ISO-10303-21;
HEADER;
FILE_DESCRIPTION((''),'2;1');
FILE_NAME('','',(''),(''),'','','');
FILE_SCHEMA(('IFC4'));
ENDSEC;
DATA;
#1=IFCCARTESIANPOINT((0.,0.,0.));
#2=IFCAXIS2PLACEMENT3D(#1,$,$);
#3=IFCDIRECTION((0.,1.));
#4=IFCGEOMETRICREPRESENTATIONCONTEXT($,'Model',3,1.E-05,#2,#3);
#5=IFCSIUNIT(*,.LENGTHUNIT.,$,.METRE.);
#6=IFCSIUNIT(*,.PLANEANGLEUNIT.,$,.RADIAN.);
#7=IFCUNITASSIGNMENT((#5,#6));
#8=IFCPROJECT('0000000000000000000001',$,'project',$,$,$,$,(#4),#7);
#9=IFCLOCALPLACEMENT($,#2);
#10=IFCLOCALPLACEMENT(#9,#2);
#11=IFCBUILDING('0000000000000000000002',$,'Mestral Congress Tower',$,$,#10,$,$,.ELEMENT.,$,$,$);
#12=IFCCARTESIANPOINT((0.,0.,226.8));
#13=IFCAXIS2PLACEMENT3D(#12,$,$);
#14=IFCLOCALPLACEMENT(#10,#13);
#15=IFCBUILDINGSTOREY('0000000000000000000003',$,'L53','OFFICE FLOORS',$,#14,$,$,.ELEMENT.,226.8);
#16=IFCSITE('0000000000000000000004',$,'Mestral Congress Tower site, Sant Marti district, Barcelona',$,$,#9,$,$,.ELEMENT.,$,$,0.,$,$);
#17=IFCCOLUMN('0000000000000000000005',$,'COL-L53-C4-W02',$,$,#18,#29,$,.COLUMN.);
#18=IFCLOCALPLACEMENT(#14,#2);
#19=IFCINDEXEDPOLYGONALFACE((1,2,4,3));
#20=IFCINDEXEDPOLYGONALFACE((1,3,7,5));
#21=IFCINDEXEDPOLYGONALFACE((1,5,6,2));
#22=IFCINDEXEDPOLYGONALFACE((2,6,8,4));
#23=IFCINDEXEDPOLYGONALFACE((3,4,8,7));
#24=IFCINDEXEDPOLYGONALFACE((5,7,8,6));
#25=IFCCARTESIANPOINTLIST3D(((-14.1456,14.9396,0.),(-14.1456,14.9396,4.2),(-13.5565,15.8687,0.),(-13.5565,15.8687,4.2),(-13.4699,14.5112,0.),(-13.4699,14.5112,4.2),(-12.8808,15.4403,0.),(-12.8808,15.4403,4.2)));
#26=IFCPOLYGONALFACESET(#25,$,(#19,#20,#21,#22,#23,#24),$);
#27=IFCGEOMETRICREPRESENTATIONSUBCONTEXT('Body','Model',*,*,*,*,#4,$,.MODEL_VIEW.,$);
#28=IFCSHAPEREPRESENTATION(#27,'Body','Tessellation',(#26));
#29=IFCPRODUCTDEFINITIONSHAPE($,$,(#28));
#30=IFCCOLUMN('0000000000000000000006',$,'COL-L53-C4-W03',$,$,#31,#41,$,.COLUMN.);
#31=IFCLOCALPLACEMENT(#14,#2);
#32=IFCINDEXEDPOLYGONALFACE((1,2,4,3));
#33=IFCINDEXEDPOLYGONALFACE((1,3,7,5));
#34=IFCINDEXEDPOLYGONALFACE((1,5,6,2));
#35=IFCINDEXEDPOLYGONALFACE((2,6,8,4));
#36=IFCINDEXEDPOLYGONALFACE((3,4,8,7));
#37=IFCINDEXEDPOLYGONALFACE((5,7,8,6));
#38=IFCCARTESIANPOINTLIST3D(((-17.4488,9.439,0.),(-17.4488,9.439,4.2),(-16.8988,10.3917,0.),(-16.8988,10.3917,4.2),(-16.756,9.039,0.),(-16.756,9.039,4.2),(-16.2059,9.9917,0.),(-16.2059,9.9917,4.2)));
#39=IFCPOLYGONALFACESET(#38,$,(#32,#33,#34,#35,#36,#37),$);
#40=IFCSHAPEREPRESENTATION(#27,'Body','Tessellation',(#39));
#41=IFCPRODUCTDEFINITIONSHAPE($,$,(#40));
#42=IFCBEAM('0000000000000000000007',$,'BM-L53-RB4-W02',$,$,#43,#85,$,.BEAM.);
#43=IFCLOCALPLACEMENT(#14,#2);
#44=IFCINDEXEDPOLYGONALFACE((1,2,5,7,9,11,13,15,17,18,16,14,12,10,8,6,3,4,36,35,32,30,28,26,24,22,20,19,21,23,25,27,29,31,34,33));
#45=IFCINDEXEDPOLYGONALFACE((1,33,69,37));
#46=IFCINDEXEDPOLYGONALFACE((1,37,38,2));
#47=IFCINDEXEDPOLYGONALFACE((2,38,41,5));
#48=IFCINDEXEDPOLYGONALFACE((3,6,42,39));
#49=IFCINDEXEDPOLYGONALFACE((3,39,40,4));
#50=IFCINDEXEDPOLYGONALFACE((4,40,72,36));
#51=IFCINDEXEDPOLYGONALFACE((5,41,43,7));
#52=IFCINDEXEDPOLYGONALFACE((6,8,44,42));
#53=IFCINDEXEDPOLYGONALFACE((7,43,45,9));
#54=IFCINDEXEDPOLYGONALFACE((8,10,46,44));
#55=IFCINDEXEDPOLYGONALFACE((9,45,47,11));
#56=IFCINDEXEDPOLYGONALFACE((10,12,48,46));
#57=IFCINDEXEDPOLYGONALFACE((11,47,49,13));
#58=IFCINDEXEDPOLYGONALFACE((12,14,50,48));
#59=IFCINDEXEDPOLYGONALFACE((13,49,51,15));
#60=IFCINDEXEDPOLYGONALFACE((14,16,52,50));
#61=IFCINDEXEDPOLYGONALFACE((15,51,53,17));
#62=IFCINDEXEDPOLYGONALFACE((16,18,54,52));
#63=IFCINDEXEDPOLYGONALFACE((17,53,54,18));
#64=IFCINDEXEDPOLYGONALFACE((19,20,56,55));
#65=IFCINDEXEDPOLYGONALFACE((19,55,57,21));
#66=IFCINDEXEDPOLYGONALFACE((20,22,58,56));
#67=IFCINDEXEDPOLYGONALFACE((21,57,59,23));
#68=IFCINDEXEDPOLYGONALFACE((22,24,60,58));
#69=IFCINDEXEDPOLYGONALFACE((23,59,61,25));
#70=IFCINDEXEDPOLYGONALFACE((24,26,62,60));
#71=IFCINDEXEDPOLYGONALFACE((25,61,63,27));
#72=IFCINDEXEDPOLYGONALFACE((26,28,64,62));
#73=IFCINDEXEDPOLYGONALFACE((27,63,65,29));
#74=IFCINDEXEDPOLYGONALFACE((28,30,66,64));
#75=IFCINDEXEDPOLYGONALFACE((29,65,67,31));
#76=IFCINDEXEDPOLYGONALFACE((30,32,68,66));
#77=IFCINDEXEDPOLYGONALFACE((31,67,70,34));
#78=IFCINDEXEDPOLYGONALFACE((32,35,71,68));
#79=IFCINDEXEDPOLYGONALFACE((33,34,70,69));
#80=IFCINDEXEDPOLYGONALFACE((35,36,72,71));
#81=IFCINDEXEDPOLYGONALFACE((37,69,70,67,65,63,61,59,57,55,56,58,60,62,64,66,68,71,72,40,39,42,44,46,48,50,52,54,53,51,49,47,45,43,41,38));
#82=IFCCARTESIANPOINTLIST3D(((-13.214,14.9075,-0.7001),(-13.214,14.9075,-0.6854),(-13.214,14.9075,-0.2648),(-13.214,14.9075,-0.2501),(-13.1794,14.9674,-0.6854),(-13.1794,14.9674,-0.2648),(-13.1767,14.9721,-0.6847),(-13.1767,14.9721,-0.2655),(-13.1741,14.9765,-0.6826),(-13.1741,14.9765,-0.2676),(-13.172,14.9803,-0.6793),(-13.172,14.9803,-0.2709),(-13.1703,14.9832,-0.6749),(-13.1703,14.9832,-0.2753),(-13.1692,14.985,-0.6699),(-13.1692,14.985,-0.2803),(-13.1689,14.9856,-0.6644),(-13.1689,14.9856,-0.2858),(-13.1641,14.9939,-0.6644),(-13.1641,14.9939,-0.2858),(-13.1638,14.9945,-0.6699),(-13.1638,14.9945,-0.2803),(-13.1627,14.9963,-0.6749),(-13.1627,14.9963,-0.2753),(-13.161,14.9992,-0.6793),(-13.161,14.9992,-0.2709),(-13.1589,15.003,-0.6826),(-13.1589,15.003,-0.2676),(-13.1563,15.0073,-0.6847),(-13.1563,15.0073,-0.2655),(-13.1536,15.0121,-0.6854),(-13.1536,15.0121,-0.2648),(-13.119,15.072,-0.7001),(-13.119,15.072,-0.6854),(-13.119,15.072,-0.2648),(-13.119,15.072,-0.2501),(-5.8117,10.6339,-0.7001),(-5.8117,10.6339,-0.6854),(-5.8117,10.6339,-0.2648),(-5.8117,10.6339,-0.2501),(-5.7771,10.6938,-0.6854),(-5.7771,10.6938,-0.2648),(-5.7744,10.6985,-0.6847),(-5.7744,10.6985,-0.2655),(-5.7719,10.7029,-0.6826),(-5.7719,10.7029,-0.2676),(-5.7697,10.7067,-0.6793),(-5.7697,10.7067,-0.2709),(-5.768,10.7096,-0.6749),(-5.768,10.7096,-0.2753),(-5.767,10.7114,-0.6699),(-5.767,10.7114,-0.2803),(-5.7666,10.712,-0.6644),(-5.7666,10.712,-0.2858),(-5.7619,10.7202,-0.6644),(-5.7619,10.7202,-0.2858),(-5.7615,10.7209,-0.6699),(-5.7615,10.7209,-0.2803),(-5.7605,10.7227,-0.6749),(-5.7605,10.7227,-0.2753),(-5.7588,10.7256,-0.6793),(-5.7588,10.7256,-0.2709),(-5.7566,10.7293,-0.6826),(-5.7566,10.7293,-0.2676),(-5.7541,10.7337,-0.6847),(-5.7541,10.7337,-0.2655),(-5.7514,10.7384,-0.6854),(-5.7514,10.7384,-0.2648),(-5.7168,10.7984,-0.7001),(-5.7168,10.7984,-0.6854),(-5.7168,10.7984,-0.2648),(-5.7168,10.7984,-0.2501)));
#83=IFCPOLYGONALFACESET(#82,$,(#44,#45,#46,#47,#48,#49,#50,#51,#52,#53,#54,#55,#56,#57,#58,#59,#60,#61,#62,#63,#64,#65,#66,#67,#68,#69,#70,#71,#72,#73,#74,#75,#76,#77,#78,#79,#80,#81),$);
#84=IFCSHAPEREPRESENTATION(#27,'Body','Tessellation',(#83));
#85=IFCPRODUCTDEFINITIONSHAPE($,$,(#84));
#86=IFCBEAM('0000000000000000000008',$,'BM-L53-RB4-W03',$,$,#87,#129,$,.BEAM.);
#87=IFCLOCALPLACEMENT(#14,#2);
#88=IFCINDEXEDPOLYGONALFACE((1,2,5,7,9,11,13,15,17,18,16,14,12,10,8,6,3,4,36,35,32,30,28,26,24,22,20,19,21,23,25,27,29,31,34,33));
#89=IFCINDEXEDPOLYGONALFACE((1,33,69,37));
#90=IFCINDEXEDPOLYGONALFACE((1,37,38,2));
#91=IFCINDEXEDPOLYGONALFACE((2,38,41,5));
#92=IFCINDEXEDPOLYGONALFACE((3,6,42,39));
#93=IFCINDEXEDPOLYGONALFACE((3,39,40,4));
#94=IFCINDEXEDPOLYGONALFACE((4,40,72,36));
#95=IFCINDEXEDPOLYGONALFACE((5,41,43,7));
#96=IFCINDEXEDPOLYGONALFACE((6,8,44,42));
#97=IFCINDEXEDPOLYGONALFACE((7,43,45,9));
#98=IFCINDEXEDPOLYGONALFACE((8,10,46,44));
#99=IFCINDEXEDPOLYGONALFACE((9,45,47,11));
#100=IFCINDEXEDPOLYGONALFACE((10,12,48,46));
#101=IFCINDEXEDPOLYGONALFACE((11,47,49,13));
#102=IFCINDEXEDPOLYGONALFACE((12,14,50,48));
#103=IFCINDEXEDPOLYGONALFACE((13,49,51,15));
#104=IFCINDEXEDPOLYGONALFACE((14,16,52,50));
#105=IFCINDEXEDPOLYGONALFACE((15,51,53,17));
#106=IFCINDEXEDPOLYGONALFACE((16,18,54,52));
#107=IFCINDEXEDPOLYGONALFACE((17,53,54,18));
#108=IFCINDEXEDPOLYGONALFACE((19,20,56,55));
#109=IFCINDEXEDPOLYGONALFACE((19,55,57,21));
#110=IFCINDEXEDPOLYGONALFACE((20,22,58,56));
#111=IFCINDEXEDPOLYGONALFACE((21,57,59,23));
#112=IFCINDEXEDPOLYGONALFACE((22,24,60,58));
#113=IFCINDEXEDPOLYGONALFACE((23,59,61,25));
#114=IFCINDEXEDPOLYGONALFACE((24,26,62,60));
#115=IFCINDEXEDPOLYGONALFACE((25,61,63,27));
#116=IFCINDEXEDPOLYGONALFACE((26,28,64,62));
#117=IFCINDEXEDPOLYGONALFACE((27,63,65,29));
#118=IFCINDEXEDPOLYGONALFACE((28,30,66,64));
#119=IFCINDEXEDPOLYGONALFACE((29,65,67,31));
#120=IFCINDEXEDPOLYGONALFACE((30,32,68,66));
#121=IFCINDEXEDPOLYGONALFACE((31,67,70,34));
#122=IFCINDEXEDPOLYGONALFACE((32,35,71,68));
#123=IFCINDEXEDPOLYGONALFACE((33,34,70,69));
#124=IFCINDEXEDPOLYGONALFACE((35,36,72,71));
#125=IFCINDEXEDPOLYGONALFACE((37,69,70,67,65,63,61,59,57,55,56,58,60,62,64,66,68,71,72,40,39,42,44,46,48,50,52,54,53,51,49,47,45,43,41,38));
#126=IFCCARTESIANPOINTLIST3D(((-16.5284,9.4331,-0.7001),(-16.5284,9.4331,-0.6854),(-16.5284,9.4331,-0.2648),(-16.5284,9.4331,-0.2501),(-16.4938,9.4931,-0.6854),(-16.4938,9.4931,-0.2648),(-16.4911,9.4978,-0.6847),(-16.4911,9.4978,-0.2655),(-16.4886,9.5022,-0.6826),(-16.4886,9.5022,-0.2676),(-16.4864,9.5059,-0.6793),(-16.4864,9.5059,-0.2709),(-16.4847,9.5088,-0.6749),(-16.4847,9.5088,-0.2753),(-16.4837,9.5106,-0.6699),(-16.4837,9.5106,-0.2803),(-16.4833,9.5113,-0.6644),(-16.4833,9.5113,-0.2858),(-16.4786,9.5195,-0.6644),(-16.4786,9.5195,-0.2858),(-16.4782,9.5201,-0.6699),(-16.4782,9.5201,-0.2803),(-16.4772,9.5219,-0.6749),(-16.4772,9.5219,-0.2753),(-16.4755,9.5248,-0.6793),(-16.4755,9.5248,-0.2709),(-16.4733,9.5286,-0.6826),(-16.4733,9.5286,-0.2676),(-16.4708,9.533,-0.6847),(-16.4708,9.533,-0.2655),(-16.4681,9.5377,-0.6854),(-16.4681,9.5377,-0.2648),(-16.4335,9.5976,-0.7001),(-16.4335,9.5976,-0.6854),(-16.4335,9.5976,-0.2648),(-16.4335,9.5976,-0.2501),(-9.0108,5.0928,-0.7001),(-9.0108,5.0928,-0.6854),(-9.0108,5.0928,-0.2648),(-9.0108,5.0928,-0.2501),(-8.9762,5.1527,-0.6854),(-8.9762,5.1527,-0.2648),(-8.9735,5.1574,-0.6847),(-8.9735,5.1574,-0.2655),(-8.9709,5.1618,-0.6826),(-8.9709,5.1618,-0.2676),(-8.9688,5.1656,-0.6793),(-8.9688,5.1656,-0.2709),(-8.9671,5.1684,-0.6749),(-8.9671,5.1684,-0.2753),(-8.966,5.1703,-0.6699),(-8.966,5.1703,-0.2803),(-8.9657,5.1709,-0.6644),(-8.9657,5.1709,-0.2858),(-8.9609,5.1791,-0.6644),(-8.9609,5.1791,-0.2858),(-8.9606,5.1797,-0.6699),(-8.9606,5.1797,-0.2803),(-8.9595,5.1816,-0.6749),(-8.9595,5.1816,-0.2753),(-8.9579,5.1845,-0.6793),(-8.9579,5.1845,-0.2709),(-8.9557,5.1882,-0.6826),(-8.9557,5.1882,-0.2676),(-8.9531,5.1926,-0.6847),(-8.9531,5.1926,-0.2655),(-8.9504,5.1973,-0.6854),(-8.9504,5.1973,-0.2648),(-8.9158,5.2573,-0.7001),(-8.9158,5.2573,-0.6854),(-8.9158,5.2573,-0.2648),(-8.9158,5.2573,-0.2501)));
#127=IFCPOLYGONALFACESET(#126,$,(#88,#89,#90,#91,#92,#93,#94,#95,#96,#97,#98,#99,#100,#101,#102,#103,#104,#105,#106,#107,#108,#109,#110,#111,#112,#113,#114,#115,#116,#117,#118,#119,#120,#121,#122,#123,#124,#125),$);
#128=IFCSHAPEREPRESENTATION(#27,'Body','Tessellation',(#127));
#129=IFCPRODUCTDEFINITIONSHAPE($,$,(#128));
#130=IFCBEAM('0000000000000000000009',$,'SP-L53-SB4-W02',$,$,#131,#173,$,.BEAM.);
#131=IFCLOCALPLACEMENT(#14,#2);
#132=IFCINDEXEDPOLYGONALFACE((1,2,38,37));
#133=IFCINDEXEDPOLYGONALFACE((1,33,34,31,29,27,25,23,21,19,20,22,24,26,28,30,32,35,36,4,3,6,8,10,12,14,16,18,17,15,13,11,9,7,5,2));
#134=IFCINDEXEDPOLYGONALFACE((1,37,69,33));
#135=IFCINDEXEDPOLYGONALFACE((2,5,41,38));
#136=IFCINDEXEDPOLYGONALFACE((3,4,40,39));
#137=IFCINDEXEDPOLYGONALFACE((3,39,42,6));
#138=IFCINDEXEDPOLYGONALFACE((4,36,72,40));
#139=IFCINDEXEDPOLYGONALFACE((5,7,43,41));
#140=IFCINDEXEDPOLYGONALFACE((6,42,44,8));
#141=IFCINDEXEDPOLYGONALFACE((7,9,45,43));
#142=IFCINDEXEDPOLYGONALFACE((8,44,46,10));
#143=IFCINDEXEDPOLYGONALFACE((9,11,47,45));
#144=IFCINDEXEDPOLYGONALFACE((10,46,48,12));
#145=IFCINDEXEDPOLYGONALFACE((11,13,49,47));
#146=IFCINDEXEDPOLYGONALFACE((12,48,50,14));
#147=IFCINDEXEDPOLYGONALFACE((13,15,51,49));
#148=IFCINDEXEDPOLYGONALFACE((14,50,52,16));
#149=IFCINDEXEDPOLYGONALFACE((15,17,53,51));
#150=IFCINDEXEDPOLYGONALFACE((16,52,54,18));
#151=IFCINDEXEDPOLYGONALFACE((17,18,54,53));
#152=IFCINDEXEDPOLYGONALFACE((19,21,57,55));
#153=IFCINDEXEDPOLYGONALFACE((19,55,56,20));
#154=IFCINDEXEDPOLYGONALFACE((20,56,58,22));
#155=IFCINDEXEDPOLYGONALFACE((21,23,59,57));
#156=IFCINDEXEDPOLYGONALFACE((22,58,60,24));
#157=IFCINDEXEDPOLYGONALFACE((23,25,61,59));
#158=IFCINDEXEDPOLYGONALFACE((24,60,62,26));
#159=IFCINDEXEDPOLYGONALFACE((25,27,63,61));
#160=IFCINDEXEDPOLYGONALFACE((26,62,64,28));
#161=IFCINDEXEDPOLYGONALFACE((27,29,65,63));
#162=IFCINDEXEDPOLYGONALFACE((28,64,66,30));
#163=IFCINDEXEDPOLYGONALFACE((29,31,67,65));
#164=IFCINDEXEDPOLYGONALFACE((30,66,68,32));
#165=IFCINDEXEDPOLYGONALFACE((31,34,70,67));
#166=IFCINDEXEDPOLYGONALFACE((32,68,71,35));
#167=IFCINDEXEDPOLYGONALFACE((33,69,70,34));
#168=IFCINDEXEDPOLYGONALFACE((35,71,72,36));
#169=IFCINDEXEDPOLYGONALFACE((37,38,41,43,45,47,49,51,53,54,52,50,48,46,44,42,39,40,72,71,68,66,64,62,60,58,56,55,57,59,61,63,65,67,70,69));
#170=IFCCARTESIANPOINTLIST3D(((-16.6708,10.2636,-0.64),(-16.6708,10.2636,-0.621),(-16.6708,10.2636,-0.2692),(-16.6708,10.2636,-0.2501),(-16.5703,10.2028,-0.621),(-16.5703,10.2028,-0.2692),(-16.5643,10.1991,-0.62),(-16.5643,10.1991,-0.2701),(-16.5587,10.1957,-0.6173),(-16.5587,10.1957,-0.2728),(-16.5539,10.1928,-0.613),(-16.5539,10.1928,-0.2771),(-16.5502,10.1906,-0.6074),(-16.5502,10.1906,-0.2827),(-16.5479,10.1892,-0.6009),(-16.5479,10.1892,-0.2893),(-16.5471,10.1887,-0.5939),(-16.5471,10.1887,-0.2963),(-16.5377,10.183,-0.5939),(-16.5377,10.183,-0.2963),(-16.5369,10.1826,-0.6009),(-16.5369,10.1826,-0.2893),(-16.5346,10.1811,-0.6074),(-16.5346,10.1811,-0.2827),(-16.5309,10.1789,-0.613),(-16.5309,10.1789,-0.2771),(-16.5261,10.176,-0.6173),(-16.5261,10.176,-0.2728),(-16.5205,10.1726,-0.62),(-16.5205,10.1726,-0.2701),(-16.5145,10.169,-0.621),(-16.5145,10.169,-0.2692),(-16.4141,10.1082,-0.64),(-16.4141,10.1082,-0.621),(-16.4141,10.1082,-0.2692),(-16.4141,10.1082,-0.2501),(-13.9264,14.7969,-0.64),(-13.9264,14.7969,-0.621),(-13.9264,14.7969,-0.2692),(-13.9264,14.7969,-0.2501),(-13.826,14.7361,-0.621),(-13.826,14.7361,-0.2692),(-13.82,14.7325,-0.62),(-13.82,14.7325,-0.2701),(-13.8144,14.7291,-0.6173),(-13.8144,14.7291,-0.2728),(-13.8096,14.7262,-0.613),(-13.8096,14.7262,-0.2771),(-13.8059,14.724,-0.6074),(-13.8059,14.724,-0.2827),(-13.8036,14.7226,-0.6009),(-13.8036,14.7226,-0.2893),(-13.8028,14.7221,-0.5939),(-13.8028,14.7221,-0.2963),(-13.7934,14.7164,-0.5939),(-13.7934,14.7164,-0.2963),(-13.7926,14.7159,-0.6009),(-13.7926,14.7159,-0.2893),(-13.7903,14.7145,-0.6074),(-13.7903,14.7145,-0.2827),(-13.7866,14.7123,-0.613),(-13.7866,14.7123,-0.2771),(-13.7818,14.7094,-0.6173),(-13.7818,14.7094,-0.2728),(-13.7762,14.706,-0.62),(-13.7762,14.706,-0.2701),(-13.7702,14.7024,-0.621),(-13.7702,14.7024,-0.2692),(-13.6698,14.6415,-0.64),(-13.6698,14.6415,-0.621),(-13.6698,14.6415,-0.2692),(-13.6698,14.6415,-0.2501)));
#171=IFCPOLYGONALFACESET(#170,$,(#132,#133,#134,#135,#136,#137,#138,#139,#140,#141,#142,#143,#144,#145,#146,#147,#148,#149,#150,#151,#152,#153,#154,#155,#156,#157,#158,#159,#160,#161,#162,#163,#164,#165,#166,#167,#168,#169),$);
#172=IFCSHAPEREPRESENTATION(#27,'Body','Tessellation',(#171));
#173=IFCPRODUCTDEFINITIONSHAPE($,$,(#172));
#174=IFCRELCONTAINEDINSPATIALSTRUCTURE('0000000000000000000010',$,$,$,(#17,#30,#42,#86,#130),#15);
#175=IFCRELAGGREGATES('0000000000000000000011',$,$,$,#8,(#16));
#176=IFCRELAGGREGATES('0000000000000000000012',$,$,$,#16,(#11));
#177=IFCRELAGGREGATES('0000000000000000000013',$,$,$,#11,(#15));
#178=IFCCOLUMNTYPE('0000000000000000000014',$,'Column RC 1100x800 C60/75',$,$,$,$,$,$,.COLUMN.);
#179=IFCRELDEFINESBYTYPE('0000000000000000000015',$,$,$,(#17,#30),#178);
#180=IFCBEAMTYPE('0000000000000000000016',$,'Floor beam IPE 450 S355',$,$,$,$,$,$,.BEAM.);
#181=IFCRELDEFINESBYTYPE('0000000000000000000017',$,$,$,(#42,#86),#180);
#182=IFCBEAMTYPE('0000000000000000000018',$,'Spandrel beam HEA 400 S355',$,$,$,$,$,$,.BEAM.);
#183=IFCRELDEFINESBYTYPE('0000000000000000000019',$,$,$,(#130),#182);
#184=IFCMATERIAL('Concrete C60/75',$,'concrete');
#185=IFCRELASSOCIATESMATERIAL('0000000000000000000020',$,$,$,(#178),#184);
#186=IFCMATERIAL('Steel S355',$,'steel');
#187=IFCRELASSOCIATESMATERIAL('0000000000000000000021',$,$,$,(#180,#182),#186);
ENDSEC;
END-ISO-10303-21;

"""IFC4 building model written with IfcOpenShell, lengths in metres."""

from ifc_helpers import new_model, si_unit, direction, frame, origin, origin_2d, place, context, subcontext, project, spatial, rectangle, i_section, extrude, material, material_profile, profile_set, type_object, element, save


model = new_model("IFC4")

# Units and contexts
model_context = context("Model", 3, precision=1e-05, world=origin(), true_north=direction((0.0, 1.0)))
body_context = subcontext(model_context, "Body", "Model", "MODEL_VIEW")
ifc_project = project(units=[si_unit("LENGTHUNIT", "METRE"), si_unit("PLANEANGLEUNIT", "RADIAN")], contexts=[model_context])

# Site, building, storey
site_placement = place(None, origin())
site = spatial("IfcSite", under=ifc_project, at=site_placement, Name="Mestral Congress Tower site, Sant Marti district, Barcelona", CompositionType="ELEMENT", RefElevation=0.0)
building_placement = place(site_placement, origin())
building = spatial("IfcBuilding", under=site, at=building_placement, Name="Mestral Congress Tower", CompositionType="ELEMENT")
storey_placement = place(building_placement, frame((0.0, 0.0, 226.8)))
storey = spatial("IfcBuildingStorey", under=building, at=storey_placement, Name="L53", Description="OFFICE FLOORS", CompositionType="ELEMENT", Elevation=226.8)

# Columns
ifc_material_1 = material(Name="Concrete C60/75", Category="concrete")
ifc_material_profile_1 = material_profile(ifc_material_1, rectangle(XDim=1.1001, YDim=0.8, at=origin_2d()), Name="RC 1100x800")
ifc_profile_set_1 = profile_set([ifc_material_profile_1], Name="Concrete C60/75")
column_type = type_object("IfcColumnType", Name="Column RC 1100x800 C60/75", PredefinedType="COLUMN", material=ifc_profile_set_1)
for number, where, z_axis, x_axis, name in (
    (1, (-13.5132, 15.1899, 0.0), (0.0, 0.0, 1.0), (-0.535503, -0.844534, 0.0), "COL-L53-C4-W02"),
    (2, (-16.8274, 9.7153, 0.0), (0.0, 0.0, 1.0), (-0.5, -0.866025, 0.0), "COL-L53-C4-W03"),
):
    element("IfcColumn", number, at=place(storey_placement, frame(where, z_axis=z_axis, x_axis=x_axis)), inside=storey, type_object=column_type, Name=name, PredefinedType="COLUMN", context=body_context, shape_type="SweptSolid", body=[
        extrude(rectangle(XDim=1.1001, YDim=0.8, at=origin_2d()), origin(), (0.0, 0.0, 1.0), 4.2),
    ])

# Beams
ifc_material_2 = material(Name="Steel S355", Category="steel")
ifc_material_profile_2 = material_profile(ifc_material_2, i_section(OverallWidth=0.1899, OverallDepth=0.45, WebThickness=0.0095, FlangeThickness=0.0146, FilletRadius=0.021, at=origin_2d()), Name="IPE 450")
ifc_profile_set_2 = profile_set([ifc_material_profile_2], Name="Steel S355")
beam_type_1 = type_object("IfcBeamType", Name="Floor beam IPE 450 S355", PredefinedType="BEAM", material=ifc_profile_set_2)
beam_1_placement = place(storey_placement, frame((-13.1665, 14.9897, -0.4751), z_axis=(0.866029, -0.499994, 0.0), x_axis=(0.499994, 0.866029, 0.0)))
element("IfcBeam", 3, at=beam_1_placement, inside=storey, type_object=beam_type_1, Name="BM-L53-RB4-W02", PredefinedType="BEAM", context=body_context, shape_type="SweptSolid", body=[
    extrude(i_section(OverallWidth=0.1899, OverallDepth=0.45, WebThickness=0.0095, FlangeThickness=0.0146, FilletRadius=0.021, at=origin_2d()), origin(), (0.0, 0.0, 1.0), 8.5474),
])
beam_2_placement = place(storey_placement, frame((-16.481, 9.5154, -0.4751), z_axis=(0.866023, -0.500005, 0.0), x_axis=(0.500005, 0.866023, 0.0)))
element("IfcBeam", 4, at=beam_2_placement, inside=storey, type_object=beam_type_1, Name="BM-L53-RB4-W03", PredefinedType="BEAM", context=body_context, shape_type="SweptSolid", body=[
    extrude(i_section(OverallWidth=0.1899, OverallDepth=0.45, WebThickness=0.0095, FlangeThickness=0.0146, FilletRadius=0.021, at=origin_2d()), origin(), (0.0, 0.0, 1.0), 8.6807),
])
ifc_material_profile_3 = material_profile(ifc_material_2, i_section(OverallWidth=0.3, OverallDepth=0.3899, WebThickness=0.011, FlangeThickness=0.019, FilletRadius=0.0271, at=origin_2d()), Name="HEA 400")
ifc_profile_set_3 = profile_set([ifc_material_profile_3], Name="Steel S355")
beam_type_2 = type_object("IfcBeamType", Name="Spandrel beam HEA 400 S355", PredefinedType="BEAM", material=ifc_profile_set_3)
beam_3_placement = place(storey_placement, frame((-13.7981, 14.7192, -0.4451), z_axis=(-0.517866, -0.855462, 0.0), x_axis=(0.855462, -0.517866, 0.0)))
element("IfcBeam", 5, at=beam_3_placement, inside=storey, type_object=beam_type_2, Name="SP-L53-SB4-W02", PredefinedType="BEAM", context=body_context, shape_type="SweptSolid", body=[
    extrude(i_section(OverallWidth=0.3, OverallDepth=0.3899, WebThickness=0.011, FlangeThickness=0.019, FilletRadius=0.0271, at=origin_2d()), origin(), (0.0, 0.0, 1.0), 5.2993),
])

save(model, "model.ifc")
